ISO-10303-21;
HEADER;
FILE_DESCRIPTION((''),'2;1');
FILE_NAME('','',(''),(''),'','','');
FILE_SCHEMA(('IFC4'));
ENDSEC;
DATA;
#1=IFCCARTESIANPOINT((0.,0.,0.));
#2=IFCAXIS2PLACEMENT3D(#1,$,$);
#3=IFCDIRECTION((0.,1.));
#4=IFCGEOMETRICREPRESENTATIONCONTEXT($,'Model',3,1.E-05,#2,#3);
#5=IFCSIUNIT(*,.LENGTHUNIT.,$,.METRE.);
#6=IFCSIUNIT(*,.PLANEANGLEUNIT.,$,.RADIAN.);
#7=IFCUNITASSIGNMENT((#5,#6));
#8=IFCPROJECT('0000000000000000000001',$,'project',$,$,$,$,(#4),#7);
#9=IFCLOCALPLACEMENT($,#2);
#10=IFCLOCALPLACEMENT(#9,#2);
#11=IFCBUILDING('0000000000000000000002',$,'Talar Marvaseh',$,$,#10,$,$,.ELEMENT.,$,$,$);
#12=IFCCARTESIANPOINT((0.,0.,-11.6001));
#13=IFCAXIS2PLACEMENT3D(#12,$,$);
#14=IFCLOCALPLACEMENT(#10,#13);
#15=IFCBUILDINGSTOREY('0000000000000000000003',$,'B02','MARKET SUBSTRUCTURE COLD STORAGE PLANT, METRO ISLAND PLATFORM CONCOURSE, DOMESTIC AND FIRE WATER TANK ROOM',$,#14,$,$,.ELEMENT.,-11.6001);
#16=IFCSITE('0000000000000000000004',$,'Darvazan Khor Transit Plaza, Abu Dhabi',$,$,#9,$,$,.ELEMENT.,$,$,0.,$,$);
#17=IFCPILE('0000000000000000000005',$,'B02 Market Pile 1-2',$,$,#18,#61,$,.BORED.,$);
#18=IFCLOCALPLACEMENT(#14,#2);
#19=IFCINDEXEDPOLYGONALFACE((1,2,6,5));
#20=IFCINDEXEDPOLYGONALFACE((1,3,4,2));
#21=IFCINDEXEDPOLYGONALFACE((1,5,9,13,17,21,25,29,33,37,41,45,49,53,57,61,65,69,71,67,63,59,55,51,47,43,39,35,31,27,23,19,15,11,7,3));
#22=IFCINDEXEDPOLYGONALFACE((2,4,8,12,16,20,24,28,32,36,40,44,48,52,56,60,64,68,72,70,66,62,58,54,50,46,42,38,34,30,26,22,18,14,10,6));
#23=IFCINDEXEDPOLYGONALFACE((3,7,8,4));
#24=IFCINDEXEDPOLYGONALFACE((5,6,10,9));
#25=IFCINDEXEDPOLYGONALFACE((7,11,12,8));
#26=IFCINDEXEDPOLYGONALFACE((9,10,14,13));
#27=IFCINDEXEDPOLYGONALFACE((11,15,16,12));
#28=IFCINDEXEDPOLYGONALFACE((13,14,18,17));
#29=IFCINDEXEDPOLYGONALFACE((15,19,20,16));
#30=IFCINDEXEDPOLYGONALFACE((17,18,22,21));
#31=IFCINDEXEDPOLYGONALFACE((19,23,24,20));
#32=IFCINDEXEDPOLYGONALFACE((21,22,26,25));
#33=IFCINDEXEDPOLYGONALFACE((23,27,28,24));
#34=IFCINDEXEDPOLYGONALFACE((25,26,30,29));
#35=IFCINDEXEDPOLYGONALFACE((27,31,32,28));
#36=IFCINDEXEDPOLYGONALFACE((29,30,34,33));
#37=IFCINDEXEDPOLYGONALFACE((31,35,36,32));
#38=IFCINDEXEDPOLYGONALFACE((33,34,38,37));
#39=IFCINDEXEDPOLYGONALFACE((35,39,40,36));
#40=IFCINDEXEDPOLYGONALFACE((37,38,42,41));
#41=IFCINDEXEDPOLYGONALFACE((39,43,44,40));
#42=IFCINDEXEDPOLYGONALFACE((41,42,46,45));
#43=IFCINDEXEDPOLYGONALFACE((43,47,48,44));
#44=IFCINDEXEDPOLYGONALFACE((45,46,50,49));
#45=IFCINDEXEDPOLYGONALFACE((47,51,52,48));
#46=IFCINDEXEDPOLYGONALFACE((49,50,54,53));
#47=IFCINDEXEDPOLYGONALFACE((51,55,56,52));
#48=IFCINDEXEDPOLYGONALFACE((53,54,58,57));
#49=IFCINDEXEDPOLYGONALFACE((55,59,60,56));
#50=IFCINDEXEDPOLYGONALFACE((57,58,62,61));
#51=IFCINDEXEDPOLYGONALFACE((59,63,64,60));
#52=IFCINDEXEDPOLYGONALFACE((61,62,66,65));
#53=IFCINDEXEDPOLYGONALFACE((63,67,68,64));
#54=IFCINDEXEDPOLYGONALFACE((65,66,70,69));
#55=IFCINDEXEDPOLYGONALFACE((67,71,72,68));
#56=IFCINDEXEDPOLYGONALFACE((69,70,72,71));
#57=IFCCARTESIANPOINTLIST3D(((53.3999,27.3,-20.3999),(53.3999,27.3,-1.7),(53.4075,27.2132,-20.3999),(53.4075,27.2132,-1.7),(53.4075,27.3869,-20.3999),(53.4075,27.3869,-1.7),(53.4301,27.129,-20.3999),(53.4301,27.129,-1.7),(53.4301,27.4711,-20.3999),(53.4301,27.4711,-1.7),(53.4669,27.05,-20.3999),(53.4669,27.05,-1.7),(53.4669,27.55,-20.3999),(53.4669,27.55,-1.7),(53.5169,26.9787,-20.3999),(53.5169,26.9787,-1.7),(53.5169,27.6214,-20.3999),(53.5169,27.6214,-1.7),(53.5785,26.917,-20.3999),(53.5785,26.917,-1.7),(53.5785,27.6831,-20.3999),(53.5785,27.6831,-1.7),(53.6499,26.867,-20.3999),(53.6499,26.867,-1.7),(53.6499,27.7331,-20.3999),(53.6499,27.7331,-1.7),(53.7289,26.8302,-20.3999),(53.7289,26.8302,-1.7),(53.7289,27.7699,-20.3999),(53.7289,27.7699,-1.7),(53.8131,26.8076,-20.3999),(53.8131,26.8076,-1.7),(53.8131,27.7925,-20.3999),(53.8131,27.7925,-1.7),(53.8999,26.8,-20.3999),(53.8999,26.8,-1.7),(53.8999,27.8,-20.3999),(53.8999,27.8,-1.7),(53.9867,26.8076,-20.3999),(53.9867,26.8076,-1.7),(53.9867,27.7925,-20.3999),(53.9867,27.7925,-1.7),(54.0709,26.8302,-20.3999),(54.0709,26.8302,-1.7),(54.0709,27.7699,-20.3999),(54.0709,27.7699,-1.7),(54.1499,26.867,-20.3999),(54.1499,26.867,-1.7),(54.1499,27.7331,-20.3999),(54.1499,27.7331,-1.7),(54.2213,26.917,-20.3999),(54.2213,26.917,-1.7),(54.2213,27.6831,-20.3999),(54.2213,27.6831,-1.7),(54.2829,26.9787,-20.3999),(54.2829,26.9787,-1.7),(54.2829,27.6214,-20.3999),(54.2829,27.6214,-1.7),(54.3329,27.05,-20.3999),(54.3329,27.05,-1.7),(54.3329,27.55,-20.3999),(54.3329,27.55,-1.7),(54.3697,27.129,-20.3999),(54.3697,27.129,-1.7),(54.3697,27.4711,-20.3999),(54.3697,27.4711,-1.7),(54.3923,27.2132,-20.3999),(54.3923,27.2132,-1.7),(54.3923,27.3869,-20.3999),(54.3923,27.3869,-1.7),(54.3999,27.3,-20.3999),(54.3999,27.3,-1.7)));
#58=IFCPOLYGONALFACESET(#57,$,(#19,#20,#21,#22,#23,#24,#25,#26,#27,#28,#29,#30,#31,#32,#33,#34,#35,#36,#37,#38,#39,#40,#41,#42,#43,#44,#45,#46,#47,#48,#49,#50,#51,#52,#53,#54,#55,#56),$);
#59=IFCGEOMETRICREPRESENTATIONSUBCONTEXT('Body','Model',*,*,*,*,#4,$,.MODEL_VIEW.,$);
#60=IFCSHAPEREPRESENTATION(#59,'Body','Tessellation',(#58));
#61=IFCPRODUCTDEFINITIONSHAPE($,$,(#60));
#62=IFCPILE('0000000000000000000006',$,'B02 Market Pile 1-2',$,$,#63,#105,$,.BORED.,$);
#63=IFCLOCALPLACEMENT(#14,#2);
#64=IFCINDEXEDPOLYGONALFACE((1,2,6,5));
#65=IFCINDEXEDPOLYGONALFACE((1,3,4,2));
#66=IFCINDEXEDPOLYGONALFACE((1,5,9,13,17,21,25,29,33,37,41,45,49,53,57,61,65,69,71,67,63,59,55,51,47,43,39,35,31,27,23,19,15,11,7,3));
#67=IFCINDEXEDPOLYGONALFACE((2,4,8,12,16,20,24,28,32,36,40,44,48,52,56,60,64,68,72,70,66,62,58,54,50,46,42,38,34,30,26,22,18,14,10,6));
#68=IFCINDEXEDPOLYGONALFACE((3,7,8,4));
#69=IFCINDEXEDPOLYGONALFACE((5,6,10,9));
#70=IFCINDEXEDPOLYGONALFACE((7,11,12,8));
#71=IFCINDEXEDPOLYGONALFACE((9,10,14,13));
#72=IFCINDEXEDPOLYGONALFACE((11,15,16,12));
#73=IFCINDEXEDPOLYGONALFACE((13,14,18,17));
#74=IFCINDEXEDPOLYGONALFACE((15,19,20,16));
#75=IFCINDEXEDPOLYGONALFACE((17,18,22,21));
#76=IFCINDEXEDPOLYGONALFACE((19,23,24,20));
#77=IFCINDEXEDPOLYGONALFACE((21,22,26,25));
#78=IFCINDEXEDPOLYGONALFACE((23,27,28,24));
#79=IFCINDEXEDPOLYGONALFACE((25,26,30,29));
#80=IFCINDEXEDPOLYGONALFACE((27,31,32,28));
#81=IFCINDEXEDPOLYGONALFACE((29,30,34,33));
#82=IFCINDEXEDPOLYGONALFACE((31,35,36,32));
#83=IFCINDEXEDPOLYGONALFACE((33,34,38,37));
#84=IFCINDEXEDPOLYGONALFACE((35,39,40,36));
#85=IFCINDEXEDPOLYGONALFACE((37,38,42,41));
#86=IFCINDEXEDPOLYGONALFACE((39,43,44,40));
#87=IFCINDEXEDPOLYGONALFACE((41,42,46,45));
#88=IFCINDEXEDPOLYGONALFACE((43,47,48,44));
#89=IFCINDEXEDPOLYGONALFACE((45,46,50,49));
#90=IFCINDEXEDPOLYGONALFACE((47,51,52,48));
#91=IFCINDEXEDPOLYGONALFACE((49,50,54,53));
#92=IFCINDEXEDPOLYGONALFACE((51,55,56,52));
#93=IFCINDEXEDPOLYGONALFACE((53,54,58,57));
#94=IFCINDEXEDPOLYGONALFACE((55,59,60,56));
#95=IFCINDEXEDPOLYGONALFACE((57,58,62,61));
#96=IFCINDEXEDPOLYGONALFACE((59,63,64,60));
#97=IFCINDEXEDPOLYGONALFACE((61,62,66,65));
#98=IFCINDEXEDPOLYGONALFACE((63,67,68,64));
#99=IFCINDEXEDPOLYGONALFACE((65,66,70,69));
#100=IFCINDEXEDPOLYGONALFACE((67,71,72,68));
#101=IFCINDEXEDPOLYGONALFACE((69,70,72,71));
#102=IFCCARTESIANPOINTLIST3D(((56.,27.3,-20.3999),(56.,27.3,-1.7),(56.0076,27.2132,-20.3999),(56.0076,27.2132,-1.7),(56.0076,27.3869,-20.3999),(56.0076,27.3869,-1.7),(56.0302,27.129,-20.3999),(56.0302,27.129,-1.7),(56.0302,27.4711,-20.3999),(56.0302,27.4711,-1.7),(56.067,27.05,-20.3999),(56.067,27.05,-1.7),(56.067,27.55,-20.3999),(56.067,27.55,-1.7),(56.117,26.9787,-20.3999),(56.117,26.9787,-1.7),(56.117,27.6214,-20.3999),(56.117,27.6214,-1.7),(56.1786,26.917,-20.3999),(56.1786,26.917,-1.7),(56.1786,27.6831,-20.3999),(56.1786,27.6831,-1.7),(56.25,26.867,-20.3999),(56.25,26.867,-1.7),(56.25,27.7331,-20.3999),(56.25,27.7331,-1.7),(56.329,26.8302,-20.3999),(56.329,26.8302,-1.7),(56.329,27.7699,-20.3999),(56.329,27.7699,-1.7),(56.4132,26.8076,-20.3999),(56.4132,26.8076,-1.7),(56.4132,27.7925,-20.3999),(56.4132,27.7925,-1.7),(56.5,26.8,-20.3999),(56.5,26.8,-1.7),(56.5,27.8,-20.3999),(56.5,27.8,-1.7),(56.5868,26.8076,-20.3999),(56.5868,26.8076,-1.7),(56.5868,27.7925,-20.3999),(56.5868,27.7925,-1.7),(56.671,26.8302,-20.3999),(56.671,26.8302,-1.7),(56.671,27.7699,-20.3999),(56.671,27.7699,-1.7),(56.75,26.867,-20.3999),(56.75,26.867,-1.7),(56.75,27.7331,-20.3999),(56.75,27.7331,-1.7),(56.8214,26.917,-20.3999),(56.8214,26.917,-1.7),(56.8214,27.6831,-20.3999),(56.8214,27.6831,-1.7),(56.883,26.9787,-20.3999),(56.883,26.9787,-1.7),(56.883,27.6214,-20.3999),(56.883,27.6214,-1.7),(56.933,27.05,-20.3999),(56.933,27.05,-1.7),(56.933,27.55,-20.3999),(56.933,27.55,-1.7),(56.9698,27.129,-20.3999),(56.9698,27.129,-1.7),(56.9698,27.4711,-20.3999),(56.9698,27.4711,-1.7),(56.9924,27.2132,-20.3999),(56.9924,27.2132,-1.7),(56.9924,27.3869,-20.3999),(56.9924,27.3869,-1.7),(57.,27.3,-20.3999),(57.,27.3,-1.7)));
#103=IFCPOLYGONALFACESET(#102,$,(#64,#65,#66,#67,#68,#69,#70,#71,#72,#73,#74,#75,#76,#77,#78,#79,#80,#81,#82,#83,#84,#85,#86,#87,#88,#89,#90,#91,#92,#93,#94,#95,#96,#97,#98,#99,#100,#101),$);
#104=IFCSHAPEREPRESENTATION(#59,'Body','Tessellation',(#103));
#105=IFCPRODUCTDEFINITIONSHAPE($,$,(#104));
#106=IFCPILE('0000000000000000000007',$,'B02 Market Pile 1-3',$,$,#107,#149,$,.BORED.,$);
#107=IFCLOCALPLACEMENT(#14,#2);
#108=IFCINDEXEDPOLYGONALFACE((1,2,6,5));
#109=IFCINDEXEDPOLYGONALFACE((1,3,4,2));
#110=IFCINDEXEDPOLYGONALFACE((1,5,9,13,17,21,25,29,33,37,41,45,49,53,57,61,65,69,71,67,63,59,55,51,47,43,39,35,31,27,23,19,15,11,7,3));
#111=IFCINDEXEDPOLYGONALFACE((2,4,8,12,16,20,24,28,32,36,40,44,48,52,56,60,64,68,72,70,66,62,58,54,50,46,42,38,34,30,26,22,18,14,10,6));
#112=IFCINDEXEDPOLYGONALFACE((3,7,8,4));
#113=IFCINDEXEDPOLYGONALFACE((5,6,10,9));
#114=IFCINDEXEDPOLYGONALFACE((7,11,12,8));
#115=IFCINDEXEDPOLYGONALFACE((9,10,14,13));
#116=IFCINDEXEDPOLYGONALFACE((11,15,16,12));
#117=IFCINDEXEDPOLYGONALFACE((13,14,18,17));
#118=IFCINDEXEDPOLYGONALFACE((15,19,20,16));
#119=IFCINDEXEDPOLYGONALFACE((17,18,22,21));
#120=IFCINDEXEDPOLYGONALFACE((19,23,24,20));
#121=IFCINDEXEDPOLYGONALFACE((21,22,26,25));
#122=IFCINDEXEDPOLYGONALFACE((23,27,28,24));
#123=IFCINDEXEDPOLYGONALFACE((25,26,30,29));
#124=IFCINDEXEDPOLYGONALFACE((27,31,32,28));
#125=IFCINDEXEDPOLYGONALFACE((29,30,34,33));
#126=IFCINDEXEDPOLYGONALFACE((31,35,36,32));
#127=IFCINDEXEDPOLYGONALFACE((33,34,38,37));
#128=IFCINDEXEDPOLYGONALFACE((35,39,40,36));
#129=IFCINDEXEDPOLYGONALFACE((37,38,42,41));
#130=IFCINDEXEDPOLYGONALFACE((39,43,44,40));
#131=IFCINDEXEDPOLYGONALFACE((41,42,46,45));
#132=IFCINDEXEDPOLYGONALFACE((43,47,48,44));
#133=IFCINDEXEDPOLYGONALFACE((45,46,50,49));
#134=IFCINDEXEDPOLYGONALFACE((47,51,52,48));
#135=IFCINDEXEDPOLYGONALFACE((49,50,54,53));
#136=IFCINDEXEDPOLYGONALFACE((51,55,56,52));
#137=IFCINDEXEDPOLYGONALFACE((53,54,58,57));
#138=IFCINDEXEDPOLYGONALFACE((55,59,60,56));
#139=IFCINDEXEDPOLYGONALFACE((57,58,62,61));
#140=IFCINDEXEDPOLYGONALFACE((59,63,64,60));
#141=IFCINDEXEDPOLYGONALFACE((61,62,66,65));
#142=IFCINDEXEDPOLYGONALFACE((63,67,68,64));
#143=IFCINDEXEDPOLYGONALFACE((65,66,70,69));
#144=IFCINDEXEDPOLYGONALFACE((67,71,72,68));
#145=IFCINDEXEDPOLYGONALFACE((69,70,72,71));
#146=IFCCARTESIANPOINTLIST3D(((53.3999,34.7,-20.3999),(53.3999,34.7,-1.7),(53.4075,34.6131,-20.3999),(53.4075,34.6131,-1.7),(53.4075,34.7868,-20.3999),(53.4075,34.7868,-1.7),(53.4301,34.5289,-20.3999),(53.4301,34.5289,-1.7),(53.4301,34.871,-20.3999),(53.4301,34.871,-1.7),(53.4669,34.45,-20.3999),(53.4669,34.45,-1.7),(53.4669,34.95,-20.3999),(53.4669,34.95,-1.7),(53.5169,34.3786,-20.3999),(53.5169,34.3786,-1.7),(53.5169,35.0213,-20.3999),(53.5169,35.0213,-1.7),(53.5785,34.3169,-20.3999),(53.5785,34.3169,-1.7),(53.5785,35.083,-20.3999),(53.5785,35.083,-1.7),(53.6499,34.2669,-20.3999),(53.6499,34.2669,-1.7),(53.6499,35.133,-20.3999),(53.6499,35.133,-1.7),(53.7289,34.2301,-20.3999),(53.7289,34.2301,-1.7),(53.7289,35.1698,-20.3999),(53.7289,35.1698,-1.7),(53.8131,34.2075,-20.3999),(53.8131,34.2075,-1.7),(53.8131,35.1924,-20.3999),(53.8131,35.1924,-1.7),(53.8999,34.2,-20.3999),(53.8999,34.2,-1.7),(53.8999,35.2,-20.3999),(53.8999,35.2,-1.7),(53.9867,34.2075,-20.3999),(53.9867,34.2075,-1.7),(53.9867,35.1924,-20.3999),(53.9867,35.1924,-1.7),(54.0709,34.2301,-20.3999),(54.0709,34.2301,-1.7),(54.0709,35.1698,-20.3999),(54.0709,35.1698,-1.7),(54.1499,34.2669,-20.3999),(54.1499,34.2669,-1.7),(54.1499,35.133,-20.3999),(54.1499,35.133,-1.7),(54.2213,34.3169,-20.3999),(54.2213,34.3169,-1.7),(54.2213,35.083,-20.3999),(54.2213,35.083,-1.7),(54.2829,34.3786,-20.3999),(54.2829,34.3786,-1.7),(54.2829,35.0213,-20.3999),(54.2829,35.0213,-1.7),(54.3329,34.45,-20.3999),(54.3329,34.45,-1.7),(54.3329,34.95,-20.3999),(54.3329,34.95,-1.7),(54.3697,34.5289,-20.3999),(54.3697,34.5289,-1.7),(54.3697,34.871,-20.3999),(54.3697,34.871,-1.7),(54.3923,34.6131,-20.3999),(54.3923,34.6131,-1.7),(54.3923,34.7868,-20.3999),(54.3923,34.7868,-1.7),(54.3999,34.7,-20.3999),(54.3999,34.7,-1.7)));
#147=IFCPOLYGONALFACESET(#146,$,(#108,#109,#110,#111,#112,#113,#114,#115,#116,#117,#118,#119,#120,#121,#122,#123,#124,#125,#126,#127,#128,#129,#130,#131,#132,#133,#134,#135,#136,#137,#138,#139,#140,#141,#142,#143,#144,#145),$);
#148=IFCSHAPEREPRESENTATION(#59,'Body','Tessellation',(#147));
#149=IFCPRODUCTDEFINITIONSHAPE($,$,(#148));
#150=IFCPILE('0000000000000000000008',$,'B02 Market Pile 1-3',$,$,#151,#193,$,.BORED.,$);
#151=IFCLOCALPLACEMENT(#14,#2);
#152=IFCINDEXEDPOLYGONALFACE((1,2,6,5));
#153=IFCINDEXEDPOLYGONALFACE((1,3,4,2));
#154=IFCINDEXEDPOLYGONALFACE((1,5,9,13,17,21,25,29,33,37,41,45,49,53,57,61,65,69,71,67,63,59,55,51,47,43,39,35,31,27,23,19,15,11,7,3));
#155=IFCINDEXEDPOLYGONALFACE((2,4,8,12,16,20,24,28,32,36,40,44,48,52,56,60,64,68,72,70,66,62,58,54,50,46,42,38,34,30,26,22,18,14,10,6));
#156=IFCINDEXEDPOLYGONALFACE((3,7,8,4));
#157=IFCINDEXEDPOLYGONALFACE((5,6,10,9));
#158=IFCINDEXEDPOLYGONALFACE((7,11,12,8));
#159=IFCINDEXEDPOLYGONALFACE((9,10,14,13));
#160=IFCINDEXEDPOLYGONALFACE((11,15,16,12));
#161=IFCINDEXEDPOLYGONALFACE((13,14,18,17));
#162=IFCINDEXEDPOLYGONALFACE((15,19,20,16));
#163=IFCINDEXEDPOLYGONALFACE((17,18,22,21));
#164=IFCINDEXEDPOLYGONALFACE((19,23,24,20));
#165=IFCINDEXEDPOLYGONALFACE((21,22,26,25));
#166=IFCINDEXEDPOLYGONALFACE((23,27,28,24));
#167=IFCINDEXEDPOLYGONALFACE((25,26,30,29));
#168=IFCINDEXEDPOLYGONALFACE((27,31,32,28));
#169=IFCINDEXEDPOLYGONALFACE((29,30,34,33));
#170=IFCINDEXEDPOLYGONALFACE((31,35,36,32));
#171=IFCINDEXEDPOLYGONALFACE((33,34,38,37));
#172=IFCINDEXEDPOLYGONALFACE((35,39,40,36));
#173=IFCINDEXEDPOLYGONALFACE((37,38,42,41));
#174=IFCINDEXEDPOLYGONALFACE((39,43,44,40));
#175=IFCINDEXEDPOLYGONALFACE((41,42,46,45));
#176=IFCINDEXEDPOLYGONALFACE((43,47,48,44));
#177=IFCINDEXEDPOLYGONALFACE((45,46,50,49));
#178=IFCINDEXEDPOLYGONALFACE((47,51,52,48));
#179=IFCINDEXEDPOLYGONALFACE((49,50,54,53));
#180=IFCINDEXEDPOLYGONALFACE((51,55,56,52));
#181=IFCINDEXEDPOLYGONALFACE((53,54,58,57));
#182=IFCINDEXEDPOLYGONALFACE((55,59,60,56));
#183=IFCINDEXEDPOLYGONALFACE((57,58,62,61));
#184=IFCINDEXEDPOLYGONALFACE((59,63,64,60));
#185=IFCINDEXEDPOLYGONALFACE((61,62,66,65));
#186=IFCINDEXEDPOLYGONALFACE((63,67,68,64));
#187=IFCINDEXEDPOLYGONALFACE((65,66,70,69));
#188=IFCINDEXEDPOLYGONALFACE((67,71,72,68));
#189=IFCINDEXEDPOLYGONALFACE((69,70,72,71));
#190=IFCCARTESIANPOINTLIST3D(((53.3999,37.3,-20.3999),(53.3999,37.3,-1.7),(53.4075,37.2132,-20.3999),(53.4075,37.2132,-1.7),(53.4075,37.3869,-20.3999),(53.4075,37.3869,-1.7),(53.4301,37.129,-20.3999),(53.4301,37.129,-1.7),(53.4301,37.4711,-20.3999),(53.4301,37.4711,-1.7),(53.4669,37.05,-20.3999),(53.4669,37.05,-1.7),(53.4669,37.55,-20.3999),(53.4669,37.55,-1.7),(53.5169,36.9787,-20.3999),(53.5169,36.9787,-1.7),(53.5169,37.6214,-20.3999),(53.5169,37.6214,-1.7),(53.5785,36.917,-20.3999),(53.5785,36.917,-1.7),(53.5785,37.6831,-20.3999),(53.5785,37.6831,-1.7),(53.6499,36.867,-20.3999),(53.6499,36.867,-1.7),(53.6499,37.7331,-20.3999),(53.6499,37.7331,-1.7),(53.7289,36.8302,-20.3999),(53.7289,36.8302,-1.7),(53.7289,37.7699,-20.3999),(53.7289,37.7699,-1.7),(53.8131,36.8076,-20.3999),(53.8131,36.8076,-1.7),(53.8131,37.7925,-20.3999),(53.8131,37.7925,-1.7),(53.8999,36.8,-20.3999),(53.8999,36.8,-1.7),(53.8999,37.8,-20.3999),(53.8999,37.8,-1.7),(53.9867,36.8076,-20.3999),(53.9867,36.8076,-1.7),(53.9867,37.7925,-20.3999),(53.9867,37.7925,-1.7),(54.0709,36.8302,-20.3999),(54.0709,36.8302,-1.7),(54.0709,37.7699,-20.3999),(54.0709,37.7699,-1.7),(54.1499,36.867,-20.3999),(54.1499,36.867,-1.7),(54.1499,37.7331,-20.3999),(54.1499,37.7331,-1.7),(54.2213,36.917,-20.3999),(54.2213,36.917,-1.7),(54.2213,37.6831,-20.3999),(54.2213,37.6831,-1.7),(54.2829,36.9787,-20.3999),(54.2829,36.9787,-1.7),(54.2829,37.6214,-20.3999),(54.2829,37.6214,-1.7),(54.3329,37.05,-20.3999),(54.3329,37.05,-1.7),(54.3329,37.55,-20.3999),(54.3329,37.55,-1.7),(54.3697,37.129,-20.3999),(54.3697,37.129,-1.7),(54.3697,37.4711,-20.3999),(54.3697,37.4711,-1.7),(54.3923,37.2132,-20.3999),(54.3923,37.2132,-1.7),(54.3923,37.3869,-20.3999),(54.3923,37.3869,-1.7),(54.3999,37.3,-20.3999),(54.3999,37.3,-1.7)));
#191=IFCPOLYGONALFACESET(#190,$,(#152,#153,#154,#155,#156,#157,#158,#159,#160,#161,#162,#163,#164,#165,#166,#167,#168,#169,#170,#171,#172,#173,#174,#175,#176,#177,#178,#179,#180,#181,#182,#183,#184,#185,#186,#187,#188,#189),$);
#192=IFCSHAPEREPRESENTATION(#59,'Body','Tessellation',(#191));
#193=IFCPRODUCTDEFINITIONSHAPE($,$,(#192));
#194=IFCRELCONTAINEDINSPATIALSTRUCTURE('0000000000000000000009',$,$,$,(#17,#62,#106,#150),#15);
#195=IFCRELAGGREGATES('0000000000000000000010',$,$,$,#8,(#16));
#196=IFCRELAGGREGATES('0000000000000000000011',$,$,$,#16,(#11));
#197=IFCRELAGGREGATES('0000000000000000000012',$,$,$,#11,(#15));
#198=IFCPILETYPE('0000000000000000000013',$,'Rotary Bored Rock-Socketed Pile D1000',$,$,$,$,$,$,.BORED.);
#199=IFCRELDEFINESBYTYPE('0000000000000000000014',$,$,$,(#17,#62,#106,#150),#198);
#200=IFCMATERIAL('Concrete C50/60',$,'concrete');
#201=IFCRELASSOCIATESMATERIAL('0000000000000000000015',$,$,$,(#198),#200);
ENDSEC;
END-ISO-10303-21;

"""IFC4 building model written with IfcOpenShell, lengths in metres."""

from ifc_helpers import new_model, si_unit, direction, frame, origin, origin_2d, place, context, subcontext, project, spatial, circle, extrude, source, transform, mapped, material, material_profile, profile_set, type_object, type_shapes, element, save


model = new_model("IFC4")

# Units and contexts
model_context = context("Model", 3, precision=1e-05, world=origin(), true_north=direction((0.0, 1.0)))
body_context = subcontext(model_context, "Body", "Model", "MODEL_VIEW")
ifc_project = project(units=[si_unit("LENGTHUNIT", "METRE"), si_unit("PLANEANGLEUNIT", "RADIAN")], contexts=[model_context])

# Site, building, storey
site_placement = place(None, origin())
site = spatial("IfcSite", under=ifc_project, at=site_placement, Name="Darvazan Khor Transit Plaza, Abu Dhabi", CompositionType="ELEMENT", RefElevation=0.0)
building_placement = place(site_placement, origin())
building = spatial("IfcBuilding", under=site, at=building_placement, Name="Talar Marvaseh", CompositionType="ELEMENT")
storey_placement = place(building_placement, frame((0.0, 0.0, -11.6001)))
storey = spatial("IfcBuildingStorey", under=building, at=storey_placement, Name="B02", Description="MARKET SUBSTRUCTURE COLD STORAGE PLANT, METRO ISLAND PLATFORM CONCOURSE, DOMESTIC AND FIRE WATER TANK ROOM", CompositionType="ELEMENT", Elevation=-11.6001)

# Shared definitions
ifc_material_1 = material(Name="Concrete C50/60", Category="concrete")

# Piles
ifc_material_profile_1 = material_profile(ifc_material_1, circle(Radius=0.5, at=origin_2d()), Name="PILE-D1000")
ifc_profile_set_1 = profile_set([ifc_material_profile_1], Name="Concrete C50/60")
pile_type_1 = type_object("IfcPileType", Name="Rotary Bored Rock-Socketed Pile D1000", PredefinedType="BORED", material=ifc_profile_set_1)
shared_shape_1 = source(origin(), body_context, "Body", "SweptSolid", [
    extrude(circle(Radius=0.5, at=origin_2d()), origin(), (0.0, 0.0, 1.0), 18.7),
])
type_shapes(pile_type_1, [shared_shape_1])
for number, where, z_axis, x_axis, name in (
    (1, (53.8999, 27.3, -1.7), (0.0, 0.0, -1.0), (1.0, 0.0, 0.0), "B02 Market Pile 1-2"),
    (2, (56.5, 27.3, -1.7), (0.0, 0.0, -1.0), (1.0, 0.0, 0.0), "B02 Market Pile 1-2"),
    (3, (53.8999, 34.7, -1.7), (0.0, 0.0, -1.0), (1.0, 0.0, 0.0), "B02 Market Pile 1-3"),
    (4, (53.8999, 37.3, -1.7), (0.0, 0.0, -1.0), (1.0, 0.0, 0.0), "B02 Market Pile 1-3"),
):
    element("IfcPile", number, at=place(storey_placement, frame(where, z_axis=z_axis, x_axis=x_axis)), inside=storey, type_object=pile_type_1, Name=name, PredefinedType="BORED", context=body_context, shape_type="MappedRepresentation", body=[
        mapped(shared_shape_1, transform((0.0, 0.0, 0.0), x_axis=(1.0, 0.0, 0.0), y_axis=(0.0, 1.0, 0.0), z_axis=(0.0, 0.0, 1.0), scale=1.0)),
    ])

save(model, "model.ifc")
